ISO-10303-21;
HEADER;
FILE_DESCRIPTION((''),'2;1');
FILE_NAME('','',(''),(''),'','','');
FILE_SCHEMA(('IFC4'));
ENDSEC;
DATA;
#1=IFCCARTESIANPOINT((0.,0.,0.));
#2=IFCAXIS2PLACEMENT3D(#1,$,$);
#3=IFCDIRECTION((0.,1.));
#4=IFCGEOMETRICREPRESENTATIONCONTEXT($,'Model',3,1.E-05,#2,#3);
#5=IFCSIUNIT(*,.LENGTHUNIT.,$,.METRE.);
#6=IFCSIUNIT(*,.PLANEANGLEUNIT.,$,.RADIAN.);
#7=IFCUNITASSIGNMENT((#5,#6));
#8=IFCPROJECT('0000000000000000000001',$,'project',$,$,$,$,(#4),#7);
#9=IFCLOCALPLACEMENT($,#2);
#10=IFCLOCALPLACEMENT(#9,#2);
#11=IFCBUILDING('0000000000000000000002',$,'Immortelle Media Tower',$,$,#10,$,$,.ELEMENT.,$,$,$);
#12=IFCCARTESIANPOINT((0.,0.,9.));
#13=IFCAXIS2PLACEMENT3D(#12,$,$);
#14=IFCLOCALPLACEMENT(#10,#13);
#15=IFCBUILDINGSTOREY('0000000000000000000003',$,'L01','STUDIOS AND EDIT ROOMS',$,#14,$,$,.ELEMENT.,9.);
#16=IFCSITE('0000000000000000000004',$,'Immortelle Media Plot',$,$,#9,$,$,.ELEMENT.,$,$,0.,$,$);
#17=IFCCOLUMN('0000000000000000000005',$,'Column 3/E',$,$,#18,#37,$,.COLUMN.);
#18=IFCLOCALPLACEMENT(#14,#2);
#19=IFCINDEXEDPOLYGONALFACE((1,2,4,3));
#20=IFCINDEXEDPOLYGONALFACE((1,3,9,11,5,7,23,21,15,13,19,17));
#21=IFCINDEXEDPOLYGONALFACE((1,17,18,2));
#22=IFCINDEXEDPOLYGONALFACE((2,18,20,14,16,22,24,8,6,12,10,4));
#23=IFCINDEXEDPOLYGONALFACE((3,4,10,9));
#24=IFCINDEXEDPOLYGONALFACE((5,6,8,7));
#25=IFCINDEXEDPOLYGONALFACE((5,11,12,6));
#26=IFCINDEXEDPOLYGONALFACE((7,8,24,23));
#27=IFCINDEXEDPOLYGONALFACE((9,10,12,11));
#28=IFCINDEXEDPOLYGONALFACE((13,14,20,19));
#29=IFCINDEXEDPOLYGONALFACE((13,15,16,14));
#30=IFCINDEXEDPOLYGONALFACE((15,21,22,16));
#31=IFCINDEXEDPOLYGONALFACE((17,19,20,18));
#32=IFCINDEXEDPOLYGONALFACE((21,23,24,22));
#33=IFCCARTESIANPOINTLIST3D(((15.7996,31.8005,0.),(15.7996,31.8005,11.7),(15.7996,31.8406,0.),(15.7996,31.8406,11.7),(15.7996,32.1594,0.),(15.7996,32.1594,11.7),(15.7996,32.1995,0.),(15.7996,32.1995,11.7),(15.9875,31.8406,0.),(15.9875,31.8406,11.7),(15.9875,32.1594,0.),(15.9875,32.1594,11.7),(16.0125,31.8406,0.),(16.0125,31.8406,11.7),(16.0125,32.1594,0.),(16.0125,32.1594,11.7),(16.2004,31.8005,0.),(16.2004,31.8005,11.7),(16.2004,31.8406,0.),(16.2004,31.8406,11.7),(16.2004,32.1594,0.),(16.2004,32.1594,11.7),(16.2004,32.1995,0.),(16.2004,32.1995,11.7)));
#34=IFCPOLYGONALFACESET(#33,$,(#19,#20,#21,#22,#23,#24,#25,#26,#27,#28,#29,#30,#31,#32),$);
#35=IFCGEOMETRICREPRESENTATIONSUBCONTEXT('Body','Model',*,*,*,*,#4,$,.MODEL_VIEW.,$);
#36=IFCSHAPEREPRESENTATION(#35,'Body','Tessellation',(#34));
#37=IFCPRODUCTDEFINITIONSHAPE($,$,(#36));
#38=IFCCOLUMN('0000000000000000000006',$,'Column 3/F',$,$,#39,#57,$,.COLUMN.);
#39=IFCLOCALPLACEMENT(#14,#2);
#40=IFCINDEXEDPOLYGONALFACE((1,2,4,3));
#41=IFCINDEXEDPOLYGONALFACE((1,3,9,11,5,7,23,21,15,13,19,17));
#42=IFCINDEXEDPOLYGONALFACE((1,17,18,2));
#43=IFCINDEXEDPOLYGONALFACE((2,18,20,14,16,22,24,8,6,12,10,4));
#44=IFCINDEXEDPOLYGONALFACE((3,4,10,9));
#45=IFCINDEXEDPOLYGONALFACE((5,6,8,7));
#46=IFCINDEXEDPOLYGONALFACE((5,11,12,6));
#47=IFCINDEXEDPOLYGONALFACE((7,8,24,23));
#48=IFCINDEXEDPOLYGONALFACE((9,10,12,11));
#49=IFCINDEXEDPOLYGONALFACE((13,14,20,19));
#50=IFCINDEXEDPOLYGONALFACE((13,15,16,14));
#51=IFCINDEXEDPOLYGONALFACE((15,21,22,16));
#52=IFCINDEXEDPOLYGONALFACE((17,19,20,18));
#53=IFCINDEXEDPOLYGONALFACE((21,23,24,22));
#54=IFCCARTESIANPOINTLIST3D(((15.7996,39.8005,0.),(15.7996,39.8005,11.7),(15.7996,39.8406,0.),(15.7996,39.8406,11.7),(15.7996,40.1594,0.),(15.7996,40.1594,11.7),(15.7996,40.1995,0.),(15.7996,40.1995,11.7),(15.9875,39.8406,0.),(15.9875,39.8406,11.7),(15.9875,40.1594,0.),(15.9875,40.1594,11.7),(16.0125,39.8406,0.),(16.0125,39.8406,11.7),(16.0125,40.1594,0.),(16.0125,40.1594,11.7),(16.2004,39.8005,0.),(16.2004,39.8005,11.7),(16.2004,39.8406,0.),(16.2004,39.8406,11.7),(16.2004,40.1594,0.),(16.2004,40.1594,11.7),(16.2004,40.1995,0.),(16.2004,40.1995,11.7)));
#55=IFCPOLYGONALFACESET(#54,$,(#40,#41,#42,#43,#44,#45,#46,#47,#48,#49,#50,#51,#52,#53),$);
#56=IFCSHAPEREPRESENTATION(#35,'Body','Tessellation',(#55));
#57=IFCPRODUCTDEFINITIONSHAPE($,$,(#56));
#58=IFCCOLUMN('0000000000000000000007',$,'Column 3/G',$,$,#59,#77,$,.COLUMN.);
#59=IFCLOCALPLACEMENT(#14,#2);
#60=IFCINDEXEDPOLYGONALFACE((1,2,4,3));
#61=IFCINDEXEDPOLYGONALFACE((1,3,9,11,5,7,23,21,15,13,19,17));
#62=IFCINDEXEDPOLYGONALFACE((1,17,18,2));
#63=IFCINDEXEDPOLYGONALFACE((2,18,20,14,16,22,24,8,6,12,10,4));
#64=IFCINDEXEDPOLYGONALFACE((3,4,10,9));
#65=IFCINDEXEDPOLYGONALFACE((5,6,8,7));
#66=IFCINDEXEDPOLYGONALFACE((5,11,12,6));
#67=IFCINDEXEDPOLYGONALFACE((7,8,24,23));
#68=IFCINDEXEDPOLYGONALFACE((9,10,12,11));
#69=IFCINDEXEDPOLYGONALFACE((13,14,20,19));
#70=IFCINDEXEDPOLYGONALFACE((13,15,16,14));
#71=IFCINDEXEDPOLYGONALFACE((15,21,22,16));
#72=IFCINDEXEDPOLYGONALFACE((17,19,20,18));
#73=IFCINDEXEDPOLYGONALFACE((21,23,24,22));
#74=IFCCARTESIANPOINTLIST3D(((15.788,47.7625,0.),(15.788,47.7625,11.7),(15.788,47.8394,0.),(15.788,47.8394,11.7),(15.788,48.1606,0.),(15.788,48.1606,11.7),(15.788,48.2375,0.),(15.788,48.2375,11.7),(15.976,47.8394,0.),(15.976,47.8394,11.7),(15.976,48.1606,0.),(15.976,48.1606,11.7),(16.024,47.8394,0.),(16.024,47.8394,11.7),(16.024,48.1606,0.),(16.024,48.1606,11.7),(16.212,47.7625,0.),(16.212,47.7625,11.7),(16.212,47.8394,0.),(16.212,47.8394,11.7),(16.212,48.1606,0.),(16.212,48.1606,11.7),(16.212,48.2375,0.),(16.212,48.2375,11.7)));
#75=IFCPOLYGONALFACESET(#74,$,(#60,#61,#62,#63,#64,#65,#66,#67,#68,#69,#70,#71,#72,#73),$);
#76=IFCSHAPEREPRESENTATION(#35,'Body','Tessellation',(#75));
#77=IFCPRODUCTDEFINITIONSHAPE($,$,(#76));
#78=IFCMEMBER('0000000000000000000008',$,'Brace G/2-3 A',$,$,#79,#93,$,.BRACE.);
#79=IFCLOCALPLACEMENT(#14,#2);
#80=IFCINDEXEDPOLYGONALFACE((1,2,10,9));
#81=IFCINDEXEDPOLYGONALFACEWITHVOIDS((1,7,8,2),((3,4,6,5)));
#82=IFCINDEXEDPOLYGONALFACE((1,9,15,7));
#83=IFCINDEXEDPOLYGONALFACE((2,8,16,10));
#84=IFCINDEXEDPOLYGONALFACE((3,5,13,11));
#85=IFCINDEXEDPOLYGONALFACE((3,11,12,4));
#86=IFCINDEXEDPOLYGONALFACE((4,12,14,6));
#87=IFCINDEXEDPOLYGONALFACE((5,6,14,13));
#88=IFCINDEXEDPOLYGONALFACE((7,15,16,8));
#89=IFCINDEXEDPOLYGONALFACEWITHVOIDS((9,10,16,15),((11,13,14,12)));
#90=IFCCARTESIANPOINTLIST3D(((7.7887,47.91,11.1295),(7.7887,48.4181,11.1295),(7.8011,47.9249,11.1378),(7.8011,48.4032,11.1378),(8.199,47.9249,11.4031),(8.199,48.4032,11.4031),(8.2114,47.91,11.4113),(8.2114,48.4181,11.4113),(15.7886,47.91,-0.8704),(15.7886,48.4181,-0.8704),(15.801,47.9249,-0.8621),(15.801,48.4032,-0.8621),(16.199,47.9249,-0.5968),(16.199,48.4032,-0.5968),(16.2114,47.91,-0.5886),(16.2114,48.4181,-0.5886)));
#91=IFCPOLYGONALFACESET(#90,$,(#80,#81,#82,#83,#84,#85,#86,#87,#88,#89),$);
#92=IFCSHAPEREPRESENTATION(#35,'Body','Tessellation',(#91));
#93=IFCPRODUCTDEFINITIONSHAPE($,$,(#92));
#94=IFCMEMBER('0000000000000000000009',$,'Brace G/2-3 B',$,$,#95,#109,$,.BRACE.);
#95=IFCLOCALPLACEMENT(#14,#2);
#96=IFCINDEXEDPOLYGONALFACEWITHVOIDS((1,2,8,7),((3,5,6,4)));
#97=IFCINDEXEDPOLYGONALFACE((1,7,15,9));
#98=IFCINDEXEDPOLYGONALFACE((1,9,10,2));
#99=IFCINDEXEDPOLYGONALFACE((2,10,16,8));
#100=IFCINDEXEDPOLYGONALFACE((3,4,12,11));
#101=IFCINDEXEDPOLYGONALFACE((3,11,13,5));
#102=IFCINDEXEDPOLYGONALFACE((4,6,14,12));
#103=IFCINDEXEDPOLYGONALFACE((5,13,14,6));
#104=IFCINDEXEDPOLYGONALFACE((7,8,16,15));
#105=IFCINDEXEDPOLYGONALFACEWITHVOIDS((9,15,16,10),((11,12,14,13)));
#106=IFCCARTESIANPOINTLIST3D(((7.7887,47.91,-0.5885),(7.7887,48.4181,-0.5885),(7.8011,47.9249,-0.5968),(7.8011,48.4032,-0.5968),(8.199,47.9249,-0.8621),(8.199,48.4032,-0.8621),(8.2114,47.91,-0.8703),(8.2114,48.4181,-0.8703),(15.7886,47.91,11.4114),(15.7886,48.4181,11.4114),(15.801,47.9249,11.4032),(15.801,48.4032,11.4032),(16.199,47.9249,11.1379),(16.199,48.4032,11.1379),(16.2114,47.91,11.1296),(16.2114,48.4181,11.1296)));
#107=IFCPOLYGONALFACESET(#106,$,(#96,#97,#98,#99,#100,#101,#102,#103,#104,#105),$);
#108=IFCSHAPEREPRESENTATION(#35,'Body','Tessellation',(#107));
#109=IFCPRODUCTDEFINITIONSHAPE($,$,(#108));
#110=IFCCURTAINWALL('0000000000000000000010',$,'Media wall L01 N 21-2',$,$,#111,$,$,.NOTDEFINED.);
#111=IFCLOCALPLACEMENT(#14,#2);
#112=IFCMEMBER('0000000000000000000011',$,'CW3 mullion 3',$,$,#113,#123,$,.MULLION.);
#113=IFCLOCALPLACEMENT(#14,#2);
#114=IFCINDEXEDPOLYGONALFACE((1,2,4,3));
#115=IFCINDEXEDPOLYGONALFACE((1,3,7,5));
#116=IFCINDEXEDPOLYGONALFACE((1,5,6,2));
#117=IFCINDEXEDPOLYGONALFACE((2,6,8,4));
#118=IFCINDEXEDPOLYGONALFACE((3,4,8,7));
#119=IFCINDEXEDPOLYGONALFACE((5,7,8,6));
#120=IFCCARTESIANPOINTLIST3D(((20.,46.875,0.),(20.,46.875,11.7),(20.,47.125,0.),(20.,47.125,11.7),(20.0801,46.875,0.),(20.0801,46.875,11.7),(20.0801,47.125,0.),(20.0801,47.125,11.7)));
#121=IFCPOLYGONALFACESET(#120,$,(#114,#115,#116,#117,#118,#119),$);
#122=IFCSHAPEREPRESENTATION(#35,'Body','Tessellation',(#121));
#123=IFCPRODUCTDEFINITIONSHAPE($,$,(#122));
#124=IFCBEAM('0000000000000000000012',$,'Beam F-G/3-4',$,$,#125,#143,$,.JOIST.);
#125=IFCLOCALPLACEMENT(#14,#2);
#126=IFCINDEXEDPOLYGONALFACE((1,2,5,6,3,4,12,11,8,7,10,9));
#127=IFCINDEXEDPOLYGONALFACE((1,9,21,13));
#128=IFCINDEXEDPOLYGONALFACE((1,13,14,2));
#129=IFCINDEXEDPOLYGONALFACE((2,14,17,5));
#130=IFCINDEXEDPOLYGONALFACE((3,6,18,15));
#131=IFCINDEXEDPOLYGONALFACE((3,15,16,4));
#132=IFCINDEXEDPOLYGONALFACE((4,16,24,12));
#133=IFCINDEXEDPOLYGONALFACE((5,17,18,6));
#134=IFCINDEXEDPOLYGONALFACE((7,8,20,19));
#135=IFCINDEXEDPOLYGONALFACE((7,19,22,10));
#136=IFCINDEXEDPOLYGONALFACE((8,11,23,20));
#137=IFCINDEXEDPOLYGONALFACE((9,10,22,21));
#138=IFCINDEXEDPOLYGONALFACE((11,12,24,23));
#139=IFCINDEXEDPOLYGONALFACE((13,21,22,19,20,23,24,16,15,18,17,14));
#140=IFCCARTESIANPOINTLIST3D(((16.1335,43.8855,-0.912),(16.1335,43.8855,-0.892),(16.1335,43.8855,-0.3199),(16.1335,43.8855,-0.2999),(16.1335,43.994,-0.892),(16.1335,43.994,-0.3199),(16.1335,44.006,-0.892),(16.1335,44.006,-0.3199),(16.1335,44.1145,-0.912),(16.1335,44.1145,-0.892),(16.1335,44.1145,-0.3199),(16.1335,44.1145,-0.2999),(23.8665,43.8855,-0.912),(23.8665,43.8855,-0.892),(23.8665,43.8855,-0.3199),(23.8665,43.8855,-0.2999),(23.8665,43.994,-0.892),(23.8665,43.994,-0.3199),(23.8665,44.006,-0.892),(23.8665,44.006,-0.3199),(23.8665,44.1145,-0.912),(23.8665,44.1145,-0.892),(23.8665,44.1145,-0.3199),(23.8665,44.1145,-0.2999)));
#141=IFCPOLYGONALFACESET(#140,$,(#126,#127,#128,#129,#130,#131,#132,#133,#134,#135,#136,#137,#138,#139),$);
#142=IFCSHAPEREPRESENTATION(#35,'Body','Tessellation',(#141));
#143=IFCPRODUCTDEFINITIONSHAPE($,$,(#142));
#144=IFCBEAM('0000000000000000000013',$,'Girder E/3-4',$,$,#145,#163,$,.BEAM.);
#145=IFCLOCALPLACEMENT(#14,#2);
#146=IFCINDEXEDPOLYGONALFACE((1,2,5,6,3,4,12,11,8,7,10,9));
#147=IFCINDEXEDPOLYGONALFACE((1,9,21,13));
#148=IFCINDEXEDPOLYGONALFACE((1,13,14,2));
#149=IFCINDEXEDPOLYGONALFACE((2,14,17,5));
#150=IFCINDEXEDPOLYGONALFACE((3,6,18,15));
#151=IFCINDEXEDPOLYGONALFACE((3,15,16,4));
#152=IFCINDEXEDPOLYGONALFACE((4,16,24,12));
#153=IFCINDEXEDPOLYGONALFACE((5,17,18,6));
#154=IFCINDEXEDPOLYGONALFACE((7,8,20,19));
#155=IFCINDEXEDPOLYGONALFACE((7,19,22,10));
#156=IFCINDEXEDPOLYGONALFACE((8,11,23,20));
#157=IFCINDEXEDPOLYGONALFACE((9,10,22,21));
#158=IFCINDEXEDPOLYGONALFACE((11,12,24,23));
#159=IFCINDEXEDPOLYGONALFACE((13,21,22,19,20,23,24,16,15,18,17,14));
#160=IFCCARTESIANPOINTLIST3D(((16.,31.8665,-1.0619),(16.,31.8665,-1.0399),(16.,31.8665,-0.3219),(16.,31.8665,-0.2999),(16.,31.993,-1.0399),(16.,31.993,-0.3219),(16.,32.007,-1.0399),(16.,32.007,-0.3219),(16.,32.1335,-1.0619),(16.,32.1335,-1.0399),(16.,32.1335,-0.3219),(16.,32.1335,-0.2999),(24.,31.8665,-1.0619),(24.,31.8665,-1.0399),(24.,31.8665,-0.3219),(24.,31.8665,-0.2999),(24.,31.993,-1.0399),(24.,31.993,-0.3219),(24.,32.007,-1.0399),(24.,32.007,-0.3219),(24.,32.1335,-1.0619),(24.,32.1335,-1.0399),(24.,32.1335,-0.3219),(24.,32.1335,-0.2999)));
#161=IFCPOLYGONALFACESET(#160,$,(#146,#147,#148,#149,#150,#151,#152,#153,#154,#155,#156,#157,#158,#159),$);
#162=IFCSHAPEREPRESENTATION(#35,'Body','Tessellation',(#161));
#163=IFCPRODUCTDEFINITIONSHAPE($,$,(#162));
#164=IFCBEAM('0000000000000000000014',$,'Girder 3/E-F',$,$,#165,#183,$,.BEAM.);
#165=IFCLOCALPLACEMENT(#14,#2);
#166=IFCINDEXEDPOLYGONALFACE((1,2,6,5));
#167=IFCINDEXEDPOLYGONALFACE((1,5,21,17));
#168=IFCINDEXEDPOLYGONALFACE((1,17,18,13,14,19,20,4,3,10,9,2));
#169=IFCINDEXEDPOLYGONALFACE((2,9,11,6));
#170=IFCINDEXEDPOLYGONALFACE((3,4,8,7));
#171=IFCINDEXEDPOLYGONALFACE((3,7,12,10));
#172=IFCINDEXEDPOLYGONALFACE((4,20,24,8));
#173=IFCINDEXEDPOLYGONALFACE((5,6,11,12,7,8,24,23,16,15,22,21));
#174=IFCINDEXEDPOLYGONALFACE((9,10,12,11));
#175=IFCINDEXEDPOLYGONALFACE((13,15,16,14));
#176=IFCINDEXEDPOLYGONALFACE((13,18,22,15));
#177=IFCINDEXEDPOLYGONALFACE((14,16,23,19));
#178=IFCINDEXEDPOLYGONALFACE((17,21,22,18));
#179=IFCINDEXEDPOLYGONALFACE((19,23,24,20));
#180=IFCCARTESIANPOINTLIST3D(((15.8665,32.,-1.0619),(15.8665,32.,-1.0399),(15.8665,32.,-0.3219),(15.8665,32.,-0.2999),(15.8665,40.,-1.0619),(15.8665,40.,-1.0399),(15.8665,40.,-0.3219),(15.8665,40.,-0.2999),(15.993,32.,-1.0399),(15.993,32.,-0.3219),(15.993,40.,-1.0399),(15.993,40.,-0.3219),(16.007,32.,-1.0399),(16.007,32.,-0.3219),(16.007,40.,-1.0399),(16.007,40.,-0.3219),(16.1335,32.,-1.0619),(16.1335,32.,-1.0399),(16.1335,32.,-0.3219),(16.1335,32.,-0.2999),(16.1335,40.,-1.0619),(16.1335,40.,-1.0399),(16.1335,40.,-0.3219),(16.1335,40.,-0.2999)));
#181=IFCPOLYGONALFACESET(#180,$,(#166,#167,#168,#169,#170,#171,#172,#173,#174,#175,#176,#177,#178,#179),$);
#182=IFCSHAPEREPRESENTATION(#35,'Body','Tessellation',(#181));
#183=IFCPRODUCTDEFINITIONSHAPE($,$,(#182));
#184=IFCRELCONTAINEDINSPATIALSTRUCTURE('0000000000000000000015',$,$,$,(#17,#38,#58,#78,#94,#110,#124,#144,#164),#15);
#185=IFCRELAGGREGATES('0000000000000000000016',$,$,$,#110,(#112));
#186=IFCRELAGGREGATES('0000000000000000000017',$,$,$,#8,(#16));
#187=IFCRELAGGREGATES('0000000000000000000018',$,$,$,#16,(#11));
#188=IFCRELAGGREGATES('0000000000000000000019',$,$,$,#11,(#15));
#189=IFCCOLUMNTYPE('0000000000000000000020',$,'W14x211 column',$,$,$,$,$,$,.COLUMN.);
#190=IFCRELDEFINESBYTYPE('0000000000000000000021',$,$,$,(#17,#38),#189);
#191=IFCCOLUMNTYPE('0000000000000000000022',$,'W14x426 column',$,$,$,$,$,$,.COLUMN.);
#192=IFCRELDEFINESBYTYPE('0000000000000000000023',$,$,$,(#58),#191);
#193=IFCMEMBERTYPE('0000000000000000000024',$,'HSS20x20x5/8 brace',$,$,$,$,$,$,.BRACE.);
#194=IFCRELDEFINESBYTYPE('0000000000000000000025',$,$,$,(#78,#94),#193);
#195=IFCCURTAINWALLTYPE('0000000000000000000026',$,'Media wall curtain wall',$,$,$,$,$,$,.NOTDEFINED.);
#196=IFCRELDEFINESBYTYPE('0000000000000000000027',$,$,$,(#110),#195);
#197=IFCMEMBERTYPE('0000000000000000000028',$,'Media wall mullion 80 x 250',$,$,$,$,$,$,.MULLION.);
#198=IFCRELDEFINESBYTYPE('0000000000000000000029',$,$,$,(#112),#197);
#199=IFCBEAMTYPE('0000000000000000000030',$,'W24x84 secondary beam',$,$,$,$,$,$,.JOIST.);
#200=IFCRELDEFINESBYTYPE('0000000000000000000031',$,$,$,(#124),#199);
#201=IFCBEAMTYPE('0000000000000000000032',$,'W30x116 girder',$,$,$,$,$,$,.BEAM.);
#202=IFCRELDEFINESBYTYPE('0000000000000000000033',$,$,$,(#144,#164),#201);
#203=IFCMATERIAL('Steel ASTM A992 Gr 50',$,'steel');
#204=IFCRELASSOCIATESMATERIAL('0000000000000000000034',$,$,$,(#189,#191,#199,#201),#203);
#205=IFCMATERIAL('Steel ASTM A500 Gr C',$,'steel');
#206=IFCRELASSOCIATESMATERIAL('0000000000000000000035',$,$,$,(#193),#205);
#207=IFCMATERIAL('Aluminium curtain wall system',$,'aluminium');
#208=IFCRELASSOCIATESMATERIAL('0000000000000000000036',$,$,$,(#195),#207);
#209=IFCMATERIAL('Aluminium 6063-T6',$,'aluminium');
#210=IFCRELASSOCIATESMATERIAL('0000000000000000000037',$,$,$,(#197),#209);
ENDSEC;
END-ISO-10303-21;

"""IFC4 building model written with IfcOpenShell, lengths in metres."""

from ifc_helpers import new_model, si_unit, direction, frame, origin, origin_2d, place, context, subcontext, project, spatial, rectangle, hollow_rectangle, i_section, extrude, material, material_profile, profile_set, type_object, element, aggregate, save


model = new_model("IFC4")

# Units and contexts
model_context = context("Model", 3, precision=1e-05, world=origin(), true_north=direction((0.0, 1.0)))
body_context = subcontext(model_context, "Body", "Model", "MODEL_VIEW")
ifc_project = project(units=[si_unit("LENGTHUNIT", "METRE"), si_unit("PLANEANGLEUNIT", "RADIAN")], contexts=[model_context])

# Site, building, storey
site_placement = place(None, origin())
site = spatial("IfcSite", under=ifc_project, at=site_placement, Name="Immortelle Media Plot", CompositionType="ELEMENT", RefElevation=0.0)
building_placement = place(site_placement, origin())
building = spatial("IfcBuilding", under=site, at=building_placement, Name="Immortelle Media Tower", CompositionType="ELEMENT")
storey_placement = place(building_placement, frame((0.0, 0.0, 9.0)))
storey = spatial("IfcBuildingStorey", under=building, at=storey_placement, Name="L01", Description="STUDIOS AND EDIT ROOMS", CompositionType="ELEMENT", Elevation=9.0)

# Columns
ifc_material_1 = material(Name="Steel ASTM A992 Gr 50", Category="steel")
ifc_material_profile_1 = material_profile(ifc_material_1, i_section(OverallWidth=0.4009, OverallDepth=0.3989, WebThickness=0.0249, FlangeThickness=0.04, at=origin_2d()), Name="W14x211")
ifc_profile_set_1 = profile_set([ifc_material_profile_1], Name="Steel ASTM A992 Gr 50")
column_type_1 = type_object("IfcColumnType", Name="W14x211 column", PredefinedType="COLUMN", material=ifc_profile_set_1)
for number, where, z_axis, x_axis, name in (
    (1, (16.0, 32.0, 0.0), (0.0, 0.0, 1.0), (1.0, 0.0, 0.0), "Column 3/E"),
    (2, (16.0, 40.0, 0.0), (0.0, 0.0, 1.0), (1.0, 0.0, 0.0), "Column 3/F"),
):
    element("IfcColumn", number, at=place(storey_placement, frame(where, z_axis=z_axis, x_axis=x_axis)), inside=storey, type_object=column_type_1, Name=name, PredefinedType="COLUMN", context=body_context, shape_type="SweptSolid", body=[
        extrude(i_section(OverallWidth=0.4009, OverallDepth=0.3989, WebThickness=0.0249, FlangeThickness=0.04, at=origin_2d()), origin(), (0.0, 0.0, 1.0), 11.7),
    ])
ifc_material_profile_2 = material_profile(ifc_material_1, i_section(OverallWidth=0.4241, OverallDepth=0.4751, WebThickness=0.0481, FlangeThickness=0.0769, at=origin_2d()), Name="W14x426")
ifc_profile_set_2 = profile_set([ifc_material_profile_2], Name="Steel ASTM A992 Gr 50")
column_type_2 = type_object("IfcColumnType", Name="W14x426 column", PredefinedType="COLUMN", material=ifc_profile_set_2)
column_placement = place(storey_placement, frame((16.0, 48.0, 0.0), z_axis=(0.0, 0.0, 1.0), x_axis=(1.0, 0.0, 0.0)))
element("IfcColumn", 3, at=column_placement, inside=storey, type_object=column_type_2, Name="Column 3/G", PredefinedType="COLUMN", context=body_context, shape_type="SweptSolid", body=[
    extrude(i_section(OverallWidth=0.4241, OverallDepth=0.4751, WebThickness=0.0481, FlangeThickness=0.0769, at=origin_2d()), origin(), (0.0, 0.0, 1.0), 11.7),
])

# Members
ifc_material_2 = material(Name="Steel ASTM A500 Gr C", Category="steel")
ifc_material_profile_3 = material_profile(ifc_material_2, hollow_rectangle(XDim=0.5081, YDim=0.5081, WallThickness=0.0149, at=origin_2d()), Name="HSS20x20x5/8 brace")
ifc_profile_set_3 = profile_set([ifc_material_profile_3], Name="Steel ASTM A500 Gr C")
member_type_1 = type_object("IfcMemberType", Name="HSS20x20x5/8 brace", PredefinedType="BRACE", material=ifc_profile_set_3)
for number, where, z_axis, x_axis, name in (
    (4, (16.0, 48.1641, -0.7295), (-0.5547, 0.0, 0.83205), (0.0, -1.0, 0.0), "Brace G/2-3 A"),
    (5, (16.0, 48.1641, 11.2705), (-0.5547, 0.0, -0.83205), (0.0, -1.0, 0.0), "Brace G/2-3 B"),
):
    element("IfcMember", number, at=place(storey_placement, frame(where, z_axis=z_axis, x_axis=x_axis)), inside=storey, type_object=member_type_1, Name=name, PredefinedType="BRACE", context=body_context, shape_type="SweptSolid", body=[
        extrude(hollow_rectangle(XDim=0.5081, YDim=0.5081, WallThickness=0.0149, at=origin_2d()), origin(), (0.0, 0.0, 1.0), 14.4221),
    ])

# Curtain wall, member
ifc_material_3 = material(Name="Aluminium curtain wall system", Category="aluminium")
curtain_wall_type = type_object("IfcCurtainWallType", Name="Media wall curtain wall", PredefinedType="NOTDEFINED", material=ifc_material_3)
curtain_wall_placement = place(storey_placement, origin())
curtain_wall = element("IfcCurtainWall", 6, at=curtain_wall_placement, inside=storey, type_object=curtain_wall_type, Name="Media wall L01 N 21-2", PredefinedType="NOTDEFINED")
ifc_material_4 = material(Name="Aluminium 6063-T6", Category="aluminium")
ifc_material_profile_4 = material_profile(ifc_material_4, rectangle(XDim=0.25, YDim=0.0801, at=origin_2d()), Name="AL 80x250")
ifc_profile_set_4 = profile_set([ifc_material_profile_4], Name="Aluminium 6063-T6")
member_type_2 = type_object("IfcMemberType", Name="Media wall mullion 80 x 250", PredefinedType="MULLION", material=ifc_profile_set_4)
member_placement = place(storey_placement, frame((20.04, 47.0, 0.0), z_axis=(0.0, 0.0, 1.0), x_axis=(0.0, -1.0, 0.0)))
member = element("IfcMember", 7, at=member_placement, type_object=member_type_2, Name="CW3 mullion 3", PredefinedType="MULLION", context=body_context, shape_type="SweptSolid", body=[
    extrude(rectangle(XDim=0.25, YDim=0.0801, at=origin_2d()), origin(), (0.0, 0.0, 1.0), 11.7),
])
aggregate(curtain_wall, [member])

# Beams
ifc_material_profile_5 = material_profile(ifc_material_1, i_section(OverallWidth=0.229, OverallDepth=0.6121, WebThickness=0.012, FlangeThickness=0.02, at=origin_2d()), Name="W24x84")
ifc_profile_set_5 = profile_set([ifc_material_profile_5], Name="Steel ASTM A992 Gr 50")
beam_type_1 = type_object("IfcBeamType", Name="W24x84 secondary beam", PredefinedType="JOIST", material=ifc_profile_set_5)
beam_1_placement = place(storey_placement, frame((16.1335, 44.0, -0.606), z_axis=(1.0, 0.0, 0.0), x_axis=(0.0, 1.0, 0.0)))
element("IfcBeam", 8, at=beam_1_placement, inside=storey, type_object=beam_type_1, Name="Beam F-G/3-4", PredefinedType="JOIST", context=body_context, shape_type="SweptSolid", body=[
    extrude(i_section(OverallWidth=0.229, OverallDepth=0.6121, WebThickness=0.012, FlangeThickness=0.02, at=origin_2d()), origin(), (0.0, 0.0, 1.0), 7.7329),
])
ifc_material_profile_6 = material_profile(ifc_material_1, i_section(OverallWidth=0.2671, OverallDepth=0.762, WebThickness=0.0139, FlangeThickness=0.022, at=origin_2d()), Name="W30x116")
ifc_profile_set_6 = profile_set([ifc_material_profile_6], Name="Steel ASTM A992 Gr 50")
beam_type_2 = type_object("IfcBeamType", Name="W30x116 girder", PredefinedType="BEAM", material=ifc_profile_set_6)
for number, where, z_axis, x_axis, name in (
    (9, (16.0, 32.0, -0.6809), (1.0, 0.0, 0.0), (0.0, 1.0, 0.0), "Girder E/3-4"),
    (10, (16.0, 32.0, -0.6809), (0.0, 1.0, 0.0), (-1.0, 0.0, 0.0), "Girder 3/E-F"),
):
    element("IfcBeam", number, at=place(storey_placement, frame(where, z_axis=z_axis, x_axis=x_axis)), inside=storey, type_object=beam_type_2, Name=name, PredefinedType="BEAM", context=body_context, shape_type="SweptSolid", body=[
        extrude(i_section(OverallWidth=0.2671, OverallDepth=0.762, WebThickness=0.0139, FlangeThickness=0.022, at=origin_2d()), origin(), (0.0, 0.0, 1.0), 8.0),
    ])

save(model, "model.ifc")
